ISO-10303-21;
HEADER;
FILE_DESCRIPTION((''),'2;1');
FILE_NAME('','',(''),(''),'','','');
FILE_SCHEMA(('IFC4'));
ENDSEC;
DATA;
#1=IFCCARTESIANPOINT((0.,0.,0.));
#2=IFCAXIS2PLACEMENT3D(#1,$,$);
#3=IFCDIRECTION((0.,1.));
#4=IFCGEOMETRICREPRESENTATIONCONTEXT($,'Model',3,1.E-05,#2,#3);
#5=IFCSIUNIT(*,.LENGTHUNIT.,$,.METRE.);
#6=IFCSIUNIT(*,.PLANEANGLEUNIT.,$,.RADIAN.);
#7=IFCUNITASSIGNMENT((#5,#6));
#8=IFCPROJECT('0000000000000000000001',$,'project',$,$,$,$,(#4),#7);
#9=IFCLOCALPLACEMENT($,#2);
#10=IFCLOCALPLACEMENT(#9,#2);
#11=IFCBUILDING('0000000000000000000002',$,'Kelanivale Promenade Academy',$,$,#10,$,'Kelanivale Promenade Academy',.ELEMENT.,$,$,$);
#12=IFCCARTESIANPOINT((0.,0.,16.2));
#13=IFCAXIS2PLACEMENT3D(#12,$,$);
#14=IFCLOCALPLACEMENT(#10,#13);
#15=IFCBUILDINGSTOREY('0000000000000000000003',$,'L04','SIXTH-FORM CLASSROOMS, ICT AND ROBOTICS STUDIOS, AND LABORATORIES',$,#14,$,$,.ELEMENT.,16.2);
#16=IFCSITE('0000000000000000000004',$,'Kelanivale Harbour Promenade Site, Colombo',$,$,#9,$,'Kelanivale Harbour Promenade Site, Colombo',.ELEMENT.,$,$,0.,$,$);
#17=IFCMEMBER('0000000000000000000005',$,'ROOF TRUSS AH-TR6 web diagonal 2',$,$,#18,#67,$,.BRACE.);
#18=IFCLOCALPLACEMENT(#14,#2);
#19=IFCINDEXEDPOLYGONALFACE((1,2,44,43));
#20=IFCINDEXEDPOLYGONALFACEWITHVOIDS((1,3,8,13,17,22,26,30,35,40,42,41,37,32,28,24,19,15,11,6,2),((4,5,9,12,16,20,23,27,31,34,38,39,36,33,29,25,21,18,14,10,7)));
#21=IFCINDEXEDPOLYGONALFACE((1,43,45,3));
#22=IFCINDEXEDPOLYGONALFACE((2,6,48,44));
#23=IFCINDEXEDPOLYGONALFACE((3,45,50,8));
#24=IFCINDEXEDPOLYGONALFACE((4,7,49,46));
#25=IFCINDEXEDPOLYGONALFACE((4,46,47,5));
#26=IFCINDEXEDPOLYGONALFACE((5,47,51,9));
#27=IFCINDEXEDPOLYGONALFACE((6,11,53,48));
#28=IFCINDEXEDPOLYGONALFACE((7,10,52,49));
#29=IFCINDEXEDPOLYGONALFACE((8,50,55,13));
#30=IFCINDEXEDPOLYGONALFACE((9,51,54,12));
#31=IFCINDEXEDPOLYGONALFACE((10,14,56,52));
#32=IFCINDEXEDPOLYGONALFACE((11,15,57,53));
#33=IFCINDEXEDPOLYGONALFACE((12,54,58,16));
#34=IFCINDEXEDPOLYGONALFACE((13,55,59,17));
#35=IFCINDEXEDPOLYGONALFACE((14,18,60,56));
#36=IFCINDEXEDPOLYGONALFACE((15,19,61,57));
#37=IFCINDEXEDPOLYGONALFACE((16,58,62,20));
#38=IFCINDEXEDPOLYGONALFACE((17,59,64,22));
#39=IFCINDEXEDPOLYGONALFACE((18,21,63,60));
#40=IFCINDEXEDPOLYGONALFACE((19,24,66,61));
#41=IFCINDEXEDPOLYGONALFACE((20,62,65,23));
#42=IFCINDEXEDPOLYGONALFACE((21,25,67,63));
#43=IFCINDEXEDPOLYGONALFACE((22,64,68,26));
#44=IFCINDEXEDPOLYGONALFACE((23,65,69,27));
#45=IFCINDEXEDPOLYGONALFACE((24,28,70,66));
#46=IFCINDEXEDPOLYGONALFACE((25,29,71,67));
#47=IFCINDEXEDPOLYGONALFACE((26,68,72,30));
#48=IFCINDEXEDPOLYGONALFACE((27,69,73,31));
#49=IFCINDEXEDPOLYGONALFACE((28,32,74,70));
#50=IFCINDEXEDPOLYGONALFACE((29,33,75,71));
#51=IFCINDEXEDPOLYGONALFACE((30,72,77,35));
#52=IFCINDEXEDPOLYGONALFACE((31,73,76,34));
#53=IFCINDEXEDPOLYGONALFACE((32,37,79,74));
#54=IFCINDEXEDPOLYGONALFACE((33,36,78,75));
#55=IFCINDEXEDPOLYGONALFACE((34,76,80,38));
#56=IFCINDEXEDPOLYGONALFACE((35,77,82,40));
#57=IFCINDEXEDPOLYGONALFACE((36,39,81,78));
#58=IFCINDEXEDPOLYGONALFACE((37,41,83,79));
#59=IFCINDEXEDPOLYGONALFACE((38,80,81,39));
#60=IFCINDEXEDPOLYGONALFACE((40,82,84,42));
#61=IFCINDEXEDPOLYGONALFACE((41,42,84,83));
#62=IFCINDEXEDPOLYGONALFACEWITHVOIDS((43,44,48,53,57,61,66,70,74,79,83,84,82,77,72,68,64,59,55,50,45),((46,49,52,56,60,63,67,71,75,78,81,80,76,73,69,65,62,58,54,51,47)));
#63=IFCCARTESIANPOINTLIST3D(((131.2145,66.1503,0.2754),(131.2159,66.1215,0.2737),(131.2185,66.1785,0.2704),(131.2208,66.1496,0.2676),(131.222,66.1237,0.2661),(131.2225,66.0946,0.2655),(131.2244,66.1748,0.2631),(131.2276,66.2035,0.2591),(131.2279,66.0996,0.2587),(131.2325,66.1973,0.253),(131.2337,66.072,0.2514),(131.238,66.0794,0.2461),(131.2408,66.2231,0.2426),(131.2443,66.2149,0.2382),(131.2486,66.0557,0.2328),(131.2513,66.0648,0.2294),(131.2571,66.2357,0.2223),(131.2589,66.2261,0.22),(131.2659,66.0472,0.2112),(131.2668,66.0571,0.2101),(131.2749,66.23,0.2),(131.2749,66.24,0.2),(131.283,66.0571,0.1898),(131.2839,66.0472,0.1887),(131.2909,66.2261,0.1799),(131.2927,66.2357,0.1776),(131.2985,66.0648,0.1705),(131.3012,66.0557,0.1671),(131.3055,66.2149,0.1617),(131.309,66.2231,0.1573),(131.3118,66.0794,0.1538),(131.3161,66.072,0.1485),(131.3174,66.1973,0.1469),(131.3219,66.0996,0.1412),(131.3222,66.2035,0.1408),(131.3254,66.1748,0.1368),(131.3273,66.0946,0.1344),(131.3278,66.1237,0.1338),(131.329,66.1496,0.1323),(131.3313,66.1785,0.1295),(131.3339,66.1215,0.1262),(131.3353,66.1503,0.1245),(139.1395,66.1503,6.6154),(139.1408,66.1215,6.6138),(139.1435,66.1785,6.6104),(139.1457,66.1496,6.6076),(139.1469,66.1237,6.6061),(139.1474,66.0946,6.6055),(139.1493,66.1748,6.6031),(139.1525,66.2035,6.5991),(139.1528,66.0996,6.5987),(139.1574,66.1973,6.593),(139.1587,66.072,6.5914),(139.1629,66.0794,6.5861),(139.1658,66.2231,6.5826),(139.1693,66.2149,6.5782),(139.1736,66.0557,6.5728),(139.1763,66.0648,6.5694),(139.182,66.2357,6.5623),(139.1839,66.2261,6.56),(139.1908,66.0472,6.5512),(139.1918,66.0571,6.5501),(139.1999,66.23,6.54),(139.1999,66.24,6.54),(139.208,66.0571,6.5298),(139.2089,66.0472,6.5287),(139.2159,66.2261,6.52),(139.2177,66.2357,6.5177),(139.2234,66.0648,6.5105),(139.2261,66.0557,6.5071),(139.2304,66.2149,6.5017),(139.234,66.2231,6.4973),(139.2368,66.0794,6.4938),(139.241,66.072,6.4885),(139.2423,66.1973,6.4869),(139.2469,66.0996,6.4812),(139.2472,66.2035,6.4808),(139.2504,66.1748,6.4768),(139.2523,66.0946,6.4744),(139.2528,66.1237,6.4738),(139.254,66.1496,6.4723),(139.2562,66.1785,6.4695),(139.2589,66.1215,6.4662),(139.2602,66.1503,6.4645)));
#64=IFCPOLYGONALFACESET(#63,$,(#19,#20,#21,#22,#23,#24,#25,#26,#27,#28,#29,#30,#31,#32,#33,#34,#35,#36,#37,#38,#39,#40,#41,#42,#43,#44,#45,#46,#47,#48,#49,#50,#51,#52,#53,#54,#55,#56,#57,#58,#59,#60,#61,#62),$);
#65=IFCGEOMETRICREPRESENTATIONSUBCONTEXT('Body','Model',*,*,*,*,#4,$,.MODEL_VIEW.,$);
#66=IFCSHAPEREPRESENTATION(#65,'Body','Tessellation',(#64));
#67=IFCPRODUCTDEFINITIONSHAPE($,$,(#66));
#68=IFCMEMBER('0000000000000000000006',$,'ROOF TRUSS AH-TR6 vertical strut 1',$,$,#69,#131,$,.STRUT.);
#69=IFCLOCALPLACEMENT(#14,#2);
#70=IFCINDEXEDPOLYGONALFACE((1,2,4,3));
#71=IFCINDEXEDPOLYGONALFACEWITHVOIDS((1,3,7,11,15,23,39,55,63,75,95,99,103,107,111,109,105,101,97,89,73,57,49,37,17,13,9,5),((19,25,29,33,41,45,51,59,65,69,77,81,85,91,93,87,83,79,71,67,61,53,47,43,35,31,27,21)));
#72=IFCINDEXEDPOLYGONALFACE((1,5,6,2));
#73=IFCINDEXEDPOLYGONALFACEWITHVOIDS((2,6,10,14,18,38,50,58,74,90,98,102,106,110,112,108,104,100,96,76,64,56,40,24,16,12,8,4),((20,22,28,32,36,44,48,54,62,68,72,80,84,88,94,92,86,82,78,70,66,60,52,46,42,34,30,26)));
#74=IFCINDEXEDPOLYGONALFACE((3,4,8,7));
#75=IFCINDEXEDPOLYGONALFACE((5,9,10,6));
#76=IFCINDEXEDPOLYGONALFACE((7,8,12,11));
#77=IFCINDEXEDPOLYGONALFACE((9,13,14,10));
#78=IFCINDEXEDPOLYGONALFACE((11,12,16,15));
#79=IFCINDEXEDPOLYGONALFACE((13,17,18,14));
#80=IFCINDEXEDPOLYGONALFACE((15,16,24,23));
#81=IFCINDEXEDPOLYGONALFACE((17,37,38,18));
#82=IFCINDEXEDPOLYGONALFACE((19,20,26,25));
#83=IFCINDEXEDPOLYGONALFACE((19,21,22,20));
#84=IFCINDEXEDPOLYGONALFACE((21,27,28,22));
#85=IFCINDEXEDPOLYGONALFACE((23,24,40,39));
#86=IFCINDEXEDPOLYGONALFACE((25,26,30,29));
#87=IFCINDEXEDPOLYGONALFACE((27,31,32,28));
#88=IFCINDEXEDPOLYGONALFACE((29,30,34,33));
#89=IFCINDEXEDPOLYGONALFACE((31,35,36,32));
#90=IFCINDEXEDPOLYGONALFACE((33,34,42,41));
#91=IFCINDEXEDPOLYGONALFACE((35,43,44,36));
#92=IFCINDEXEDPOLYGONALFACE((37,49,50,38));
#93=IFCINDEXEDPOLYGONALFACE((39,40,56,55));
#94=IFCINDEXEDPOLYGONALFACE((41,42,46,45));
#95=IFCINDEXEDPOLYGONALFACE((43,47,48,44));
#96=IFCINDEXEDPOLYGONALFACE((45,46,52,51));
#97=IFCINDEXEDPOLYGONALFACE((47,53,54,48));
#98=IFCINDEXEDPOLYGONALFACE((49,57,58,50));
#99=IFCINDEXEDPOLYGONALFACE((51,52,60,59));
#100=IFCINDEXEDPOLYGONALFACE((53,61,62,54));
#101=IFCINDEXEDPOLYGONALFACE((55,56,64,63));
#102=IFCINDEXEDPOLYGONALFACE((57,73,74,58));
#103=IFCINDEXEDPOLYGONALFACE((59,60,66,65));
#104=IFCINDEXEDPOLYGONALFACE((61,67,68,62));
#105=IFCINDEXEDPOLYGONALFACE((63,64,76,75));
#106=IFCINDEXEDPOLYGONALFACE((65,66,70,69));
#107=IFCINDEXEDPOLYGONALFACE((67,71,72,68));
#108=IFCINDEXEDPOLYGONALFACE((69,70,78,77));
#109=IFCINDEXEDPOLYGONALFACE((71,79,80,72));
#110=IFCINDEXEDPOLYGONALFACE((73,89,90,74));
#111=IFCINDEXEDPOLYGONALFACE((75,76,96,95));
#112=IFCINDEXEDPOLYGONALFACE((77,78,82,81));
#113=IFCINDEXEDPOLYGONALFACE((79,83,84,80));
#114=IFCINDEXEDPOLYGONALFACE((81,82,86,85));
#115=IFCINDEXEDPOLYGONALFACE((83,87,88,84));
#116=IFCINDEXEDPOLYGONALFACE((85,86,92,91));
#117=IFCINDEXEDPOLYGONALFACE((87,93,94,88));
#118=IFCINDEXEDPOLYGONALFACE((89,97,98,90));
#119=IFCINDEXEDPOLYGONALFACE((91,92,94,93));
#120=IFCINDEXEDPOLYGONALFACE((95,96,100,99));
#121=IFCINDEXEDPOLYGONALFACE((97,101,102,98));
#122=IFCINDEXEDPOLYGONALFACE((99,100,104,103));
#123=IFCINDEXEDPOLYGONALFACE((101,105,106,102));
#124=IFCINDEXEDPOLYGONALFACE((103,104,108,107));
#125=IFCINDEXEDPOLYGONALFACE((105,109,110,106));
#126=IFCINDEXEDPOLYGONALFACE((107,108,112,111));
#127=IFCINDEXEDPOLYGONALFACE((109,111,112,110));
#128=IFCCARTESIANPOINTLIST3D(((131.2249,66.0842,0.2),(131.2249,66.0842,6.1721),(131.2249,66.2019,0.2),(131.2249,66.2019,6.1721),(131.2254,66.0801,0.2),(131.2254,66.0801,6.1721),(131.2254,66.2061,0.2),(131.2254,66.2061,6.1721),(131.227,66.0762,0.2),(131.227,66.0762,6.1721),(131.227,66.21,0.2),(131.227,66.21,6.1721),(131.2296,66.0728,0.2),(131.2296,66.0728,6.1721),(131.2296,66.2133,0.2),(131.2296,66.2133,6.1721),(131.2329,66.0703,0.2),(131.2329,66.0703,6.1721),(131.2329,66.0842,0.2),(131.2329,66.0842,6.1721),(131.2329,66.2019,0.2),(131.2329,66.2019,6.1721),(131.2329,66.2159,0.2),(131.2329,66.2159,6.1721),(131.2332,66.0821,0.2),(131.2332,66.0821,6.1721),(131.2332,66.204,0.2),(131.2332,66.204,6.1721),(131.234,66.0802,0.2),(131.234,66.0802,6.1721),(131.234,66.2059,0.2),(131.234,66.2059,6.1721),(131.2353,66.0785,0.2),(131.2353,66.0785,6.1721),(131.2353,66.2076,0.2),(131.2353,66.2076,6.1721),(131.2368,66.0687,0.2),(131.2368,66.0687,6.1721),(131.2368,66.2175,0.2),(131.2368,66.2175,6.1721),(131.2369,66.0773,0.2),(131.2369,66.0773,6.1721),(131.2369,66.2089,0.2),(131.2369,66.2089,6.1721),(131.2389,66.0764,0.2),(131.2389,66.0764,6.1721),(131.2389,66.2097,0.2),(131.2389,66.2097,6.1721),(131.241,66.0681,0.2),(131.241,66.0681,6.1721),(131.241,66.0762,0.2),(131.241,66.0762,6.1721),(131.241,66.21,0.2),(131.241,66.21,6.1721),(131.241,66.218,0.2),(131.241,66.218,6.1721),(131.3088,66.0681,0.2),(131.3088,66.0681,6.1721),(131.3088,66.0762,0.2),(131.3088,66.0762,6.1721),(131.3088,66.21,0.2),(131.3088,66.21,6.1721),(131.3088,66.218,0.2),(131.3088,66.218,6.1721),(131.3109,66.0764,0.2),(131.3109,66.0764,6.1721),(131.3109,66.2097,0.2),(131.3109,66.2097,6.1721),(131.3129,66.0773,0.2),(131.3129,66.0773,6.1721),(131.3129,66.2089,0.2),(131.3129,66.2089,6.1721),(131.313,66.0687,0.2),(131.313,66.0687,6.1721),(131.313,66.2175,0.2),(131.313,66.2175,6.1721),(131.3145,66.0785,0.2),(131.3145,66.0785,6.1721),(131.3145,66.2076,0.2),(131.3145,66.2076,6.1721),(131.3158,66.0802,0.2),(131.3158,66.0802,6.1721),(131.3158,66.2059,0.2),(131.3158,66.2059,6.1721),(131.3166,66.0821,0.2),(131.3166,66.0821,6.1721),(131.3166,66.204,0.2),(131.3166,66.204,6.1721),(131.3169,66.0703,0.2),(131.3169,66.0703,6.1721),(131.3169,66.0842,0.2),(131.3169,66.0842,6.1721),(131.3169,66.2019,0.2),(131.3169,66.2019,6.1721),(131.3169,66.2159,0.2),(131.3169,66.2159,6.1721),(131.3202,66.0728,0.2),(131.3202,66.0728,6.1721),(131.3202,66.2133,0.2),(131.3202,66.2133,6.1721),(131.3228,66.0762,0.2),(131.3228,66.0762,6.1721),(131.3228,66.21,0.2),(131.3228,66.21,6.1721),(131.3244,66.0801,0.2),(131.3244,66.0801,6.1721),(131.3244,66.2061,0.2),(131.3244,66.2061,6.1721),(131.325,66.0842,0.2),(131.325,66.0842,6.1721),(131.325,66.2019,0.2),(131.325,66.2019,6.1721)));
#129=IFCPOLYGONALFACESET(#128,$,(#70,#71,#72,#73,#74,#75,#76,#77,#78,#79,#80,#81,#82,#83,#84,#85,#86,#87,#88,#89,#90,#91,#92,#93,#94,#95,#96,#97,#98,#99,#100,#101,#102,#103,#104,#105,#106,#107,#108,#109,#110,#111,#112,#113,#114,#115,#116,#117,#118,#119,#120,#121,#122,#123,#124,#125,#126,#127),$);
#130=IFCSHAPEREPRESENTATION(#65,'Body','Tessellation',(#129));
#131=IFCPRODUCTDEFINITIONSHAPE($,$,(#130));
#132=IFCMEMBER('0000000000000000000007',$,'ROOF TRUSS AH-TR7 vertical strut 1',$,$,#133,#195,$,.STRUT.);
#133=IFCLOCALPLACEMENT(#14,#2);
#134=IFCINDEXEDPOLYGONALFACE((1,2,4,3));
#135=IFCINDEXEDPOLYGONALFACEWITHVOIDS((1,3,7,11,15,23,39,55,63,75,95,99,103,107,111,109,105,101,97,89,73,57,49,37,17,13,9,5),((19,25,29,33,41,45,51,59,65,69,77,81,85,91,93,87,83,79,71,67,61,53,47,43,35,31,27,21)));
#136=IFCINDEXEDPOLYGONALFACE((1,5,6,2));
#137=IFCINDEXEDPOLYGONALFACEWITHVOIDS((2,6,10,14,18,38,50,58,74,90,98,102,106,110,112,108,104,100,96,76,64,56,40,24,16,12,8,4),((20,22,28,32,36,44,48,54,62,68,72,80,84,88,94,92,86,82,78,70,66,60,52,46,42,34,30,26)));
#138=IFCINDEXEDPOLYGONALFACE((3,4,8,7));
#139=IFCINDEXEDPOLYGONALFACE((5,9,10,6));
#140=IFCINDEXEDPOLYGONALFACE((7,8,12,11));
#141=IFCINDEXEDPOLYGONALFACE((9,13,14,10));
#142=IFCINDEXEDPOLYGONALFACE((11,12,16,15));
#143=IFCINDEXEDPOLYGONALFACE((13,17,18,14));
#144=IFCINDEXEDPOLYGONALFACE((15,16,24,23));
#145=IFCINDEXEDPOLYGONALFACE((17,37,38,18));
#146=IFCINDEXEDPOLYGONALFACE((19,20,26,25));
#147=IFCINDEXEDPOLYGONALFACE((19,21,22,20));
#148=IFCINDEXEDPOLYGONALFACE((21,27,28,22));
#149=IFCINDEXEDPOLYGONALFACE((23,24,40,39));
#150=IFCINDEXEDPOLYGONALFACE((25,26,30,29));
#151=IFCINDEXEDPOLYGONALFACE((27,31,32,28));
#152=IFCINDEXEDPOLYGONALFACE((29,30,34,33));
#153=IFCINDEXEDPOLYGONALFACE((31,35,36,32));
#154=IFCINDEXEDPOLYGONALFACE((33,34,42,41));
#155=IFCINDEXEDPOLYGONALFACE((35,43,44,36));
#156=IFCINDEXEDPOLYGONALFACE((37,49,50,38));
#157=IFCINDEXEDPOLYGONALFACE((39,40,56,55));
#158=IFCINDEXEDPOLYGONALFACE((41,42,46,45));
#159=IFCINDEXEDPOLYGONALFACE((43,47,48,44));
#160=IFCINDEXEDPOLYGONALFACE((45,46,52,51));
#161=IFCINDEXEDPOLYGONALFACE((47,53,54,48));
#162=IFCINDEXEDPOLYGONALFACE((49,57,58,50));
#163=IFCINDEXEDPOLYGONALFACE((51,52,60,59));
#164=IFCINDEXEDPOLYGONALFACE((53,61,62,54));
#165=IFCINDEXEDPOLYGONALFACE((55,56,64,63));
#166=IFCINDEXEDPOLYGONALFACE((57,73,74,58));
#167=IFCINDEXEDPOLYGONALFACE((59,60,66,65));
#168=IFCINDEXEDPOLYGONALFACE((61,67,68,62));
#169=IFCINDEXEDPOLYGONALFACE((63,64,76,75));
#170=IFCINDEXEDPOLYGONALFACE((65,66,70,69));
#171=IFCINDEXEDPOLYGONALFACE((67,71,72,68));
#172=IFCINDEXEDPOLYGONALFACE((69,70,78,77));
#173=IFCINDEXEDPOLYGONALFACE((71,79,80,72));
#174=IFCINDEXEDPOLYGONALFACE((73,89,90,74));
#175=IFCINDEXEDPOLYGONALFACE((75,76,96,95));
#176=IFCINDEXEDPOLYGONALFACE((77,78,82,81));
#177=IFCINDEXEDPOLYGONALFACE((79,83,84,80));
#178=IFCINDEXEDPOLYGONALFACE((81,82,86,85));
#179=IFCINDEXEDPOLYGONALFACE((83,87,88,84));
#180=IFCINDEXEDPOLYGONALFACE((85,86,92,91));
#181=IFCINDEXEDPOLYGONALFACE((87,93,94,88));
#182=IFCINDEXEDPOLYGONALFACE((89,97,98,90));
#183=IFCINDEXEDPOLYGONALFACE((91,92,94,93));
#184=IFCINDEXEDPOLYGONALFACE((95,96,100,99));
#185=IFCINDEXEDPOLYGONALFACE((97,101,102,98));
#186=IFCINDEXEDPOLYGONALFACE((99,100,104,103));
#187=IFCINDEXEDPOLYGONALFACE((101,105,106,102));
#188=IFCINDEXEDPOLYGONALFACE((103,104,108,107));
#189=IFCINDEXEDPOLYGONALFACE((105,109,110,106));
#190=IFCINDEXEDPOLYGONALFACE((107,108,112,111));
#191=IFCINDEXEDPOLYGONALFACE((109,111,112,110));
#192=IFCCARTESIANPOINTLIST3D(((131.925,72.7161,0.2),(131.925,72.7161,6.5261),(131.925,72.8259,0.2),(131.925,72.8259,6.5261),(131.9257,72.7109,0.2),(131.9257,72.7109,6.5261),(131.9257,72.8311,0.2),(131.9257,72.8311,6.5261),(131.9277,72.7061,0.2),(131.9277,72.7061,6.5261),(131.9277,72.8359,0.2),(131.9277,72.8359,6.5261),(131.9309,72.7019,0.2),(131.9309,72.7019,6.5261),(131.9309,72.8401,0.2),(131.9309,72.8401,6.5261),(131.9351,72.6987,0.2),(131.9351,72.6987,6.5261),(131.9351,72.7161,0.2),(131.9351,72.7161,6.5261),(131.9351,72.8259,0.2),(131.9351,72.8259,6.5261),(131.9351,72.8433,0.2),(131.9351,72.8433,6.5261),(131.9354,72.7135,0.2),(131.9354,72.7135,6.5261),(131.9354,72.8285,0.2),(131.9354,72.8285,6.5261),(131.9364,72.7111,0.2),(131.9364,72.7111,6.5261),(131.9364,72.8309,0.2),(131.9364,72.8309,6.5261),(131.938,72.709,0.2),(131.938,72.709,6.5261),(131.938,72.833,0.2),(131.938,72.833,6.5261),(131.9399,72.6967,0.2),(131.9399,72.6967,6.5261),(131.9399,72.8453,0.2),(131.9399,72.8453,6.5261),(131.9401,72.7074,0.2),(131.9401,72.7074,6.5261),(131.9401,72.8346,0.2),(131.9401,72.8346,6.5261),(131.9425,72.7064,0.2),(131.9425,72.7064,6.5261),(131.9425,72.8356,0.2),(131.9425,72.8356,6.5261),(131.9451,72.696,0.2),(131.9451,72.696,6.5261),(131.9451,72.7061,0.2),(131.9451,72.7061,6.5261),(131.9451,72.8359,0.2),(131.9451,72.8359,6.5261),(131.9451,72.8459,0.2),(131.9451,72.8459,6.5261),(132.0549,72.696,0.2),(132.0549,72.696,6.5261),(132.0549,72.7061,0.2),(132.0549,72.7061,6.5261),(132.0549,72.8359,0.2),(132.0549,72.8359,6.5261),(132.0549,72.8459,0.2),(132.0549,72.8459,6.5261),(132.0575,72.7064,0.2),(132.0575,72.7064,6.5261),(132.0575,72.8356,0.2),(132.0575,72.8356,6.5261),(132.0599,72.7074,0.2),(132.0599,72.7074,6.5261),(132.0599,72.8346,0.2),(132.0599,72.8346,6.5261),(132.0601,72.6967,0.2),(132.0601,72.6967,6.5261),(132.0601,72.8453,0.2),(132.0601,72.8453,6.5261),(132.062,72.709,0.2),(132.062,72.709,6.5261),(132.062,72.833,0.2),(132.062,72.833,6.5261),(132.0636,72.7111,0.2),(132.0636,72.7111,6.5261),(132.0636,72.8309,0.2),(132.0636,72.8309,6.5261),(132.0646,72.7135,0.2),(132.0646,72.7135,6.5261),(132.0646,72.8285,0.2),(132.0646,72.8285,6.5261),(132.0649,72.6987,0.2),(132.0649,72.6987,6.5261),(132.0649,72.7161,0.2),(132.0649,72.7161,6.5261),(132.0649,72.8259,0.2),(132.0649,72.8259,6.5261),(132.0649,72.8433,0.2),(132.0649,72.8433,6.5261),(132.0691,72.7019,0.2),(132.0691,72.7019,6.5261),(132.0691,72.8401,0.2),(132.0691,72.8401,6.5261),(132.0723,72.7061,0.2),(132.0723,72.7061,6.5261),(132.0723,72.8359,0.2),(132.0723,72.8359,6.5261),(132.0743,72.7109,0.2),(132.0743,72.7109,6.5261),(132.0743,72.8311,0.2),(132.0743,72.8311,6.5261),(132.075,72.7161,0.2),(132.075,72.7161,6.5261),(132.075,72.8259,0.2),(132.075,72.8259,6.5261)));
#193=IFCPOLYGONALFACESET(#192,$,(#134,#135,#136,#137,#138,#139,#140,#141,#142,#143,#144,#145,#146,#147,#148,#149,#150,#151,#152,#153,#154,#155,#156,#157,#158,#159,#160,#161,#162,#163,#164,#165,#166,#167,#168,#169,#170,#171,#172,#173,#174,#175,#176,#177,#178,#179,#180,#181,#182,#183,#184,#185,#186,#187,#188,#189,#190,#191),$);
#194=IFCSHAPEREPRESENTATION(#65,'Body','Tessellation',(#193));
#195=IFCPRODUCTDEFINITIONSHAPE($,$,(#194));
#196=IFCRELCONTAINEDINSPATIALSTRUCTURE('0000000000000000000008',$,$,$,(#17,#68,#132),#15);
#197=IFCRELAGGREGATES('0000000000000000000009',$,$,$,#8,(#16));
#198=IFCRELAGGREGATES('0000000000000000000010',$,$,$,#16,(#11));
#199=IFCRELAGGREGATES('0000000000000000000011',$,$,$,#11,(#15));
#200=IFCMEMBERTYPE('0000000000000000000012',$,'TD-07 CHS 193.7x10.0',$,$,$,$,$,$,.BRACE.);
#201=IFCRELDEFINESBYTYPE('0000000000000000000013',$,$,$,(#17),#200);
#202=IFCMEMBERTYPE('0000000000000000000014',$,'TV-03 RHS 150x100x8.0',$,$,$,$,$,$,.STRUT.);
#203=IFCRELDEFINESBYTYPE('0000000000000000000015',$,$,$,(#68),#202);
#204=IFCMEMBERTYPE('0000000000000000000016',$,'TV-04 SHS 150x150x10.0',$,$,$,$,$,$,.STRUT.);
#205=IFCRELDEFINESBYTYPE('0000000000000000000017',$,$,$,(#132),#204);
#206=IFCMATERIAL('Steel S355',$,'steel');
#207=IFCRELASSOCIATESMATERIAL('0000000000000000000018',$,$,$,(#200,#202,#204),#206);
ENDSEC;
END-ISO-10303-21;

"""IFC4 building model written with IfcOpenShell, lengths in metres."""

from ifc_helpers import new_model, si_unit, direction, frame, origin, origin_2d, place, context, subcontext, project, spatial, hollow_rectangle, hollow_circle, extrude, material, material_profile, profile_set, type_object, element, save


model = new_model("IFC4")

# Units and contexts
model_context = context("Model", 3, precision=1e-05, world=origin(), true_north=direction((0.0, 1.0)))
body_context = subcontext(model_context, "Body", "Model", "MODEL_VIEW")
ifc_project = project(units=[si_unit("LENGTHUNIT", "METRE"), si_unit("PLANEANGLEUNIT", "RADIAN")], contexts=[model_context])

# Site, building, storey
site_placement = place(None, origin())
site = spatial("IfcSite", under=ifc_project, at=site_placement, Name="Kelanivale Harbour Promenade Site, Colombo", LongName="Kelanivale Harbour Promenade Site, Colombo", CompositionType="ELEMENT", RefElevation=0.0)
building_placement = place(site_placement, origin())
building = spatial("IfcBuilding", under=site, at=building_placement, Name="Kelanivale Promenade Academy", LongName="Kelanivale Promenade Academy", CompositionType="ELEMENT")
storey_placement = place(building_placement, frame((0.0, 0.0, 16.2)))
storey = spatial("IfcBuildingStorey", under=building, at=storey_placement, Name="L04", Description="SIXTH-FORM CLASSROOMS, ICT AND ROBOTICS STUDIOS, AND LABORATORIES", CompositionType="ELEMENT", Elevation=16.2)

# Members
ifc_material_1 = material(Name="Steel S355", Category="steel")
ifc_material_profile_1 = material_profile(ifc_material_1, hollow_circle(Radius=0.0969, WallThickness=0.01, at=origin_2d()), Name="CHS 193.7x10.0")
ifc_profile_set_1 = profile_set([ifc_material_profile_1], Name="Steel S355")
member_type_1 = type_object("IfcMemberType", Name="TD-07 CHS 193.7x10.0", PredefinedType="BRACE", material=ifc_profile_set_1)
member_1_placement = place(storey_placement, frame((131.2749, 66.1431, 0.2), z_axis=(0.780866, 0.0, 0.624698), x_axis=(0.0, 1.0, 0.0)))
element("IfcMember", 1, at=member_1_placement, inside=storey, type_object=member_type_1, Name="ROOF TRUSS AH-TR6 web diagonal 2", PredefinedType="BRACE", context=body_context, shape_type="SweptSolid", body=[
    extrude(hollow_circle(Radius=0.0969, WallThickness=0.01, at=origin_2d()), origin(), (0.0, 0.0, 1.0), 10.1489),
])
ifc_material_profile_2 = material_profile(ifc_material_1, hollow_rectangle(XDim=0.1001, YDim=0.1499, WallThickness=0.0081, InnerFilletRadius=0.0081, OuterFilletRadius=0.0161, at=origin_2d()), Name="RHS 150x100x8.0")
ifc_profile_set_2 = profile_set([ifc_material_profile_2], Name="Steel S355")
member_type_2 = type_object("IfcMemberType", Name="TV-03 RHS 150x100x8.0", PredefinedType="STRUT", material=ifc_profile_set_2)
member_2_placement = place(storey_placement, frame((131.2749, 66.1431, 0.2), z_axis=(0.0, 0.0, 1.0), x_axis=(1.0, 0.0, 0.0)))
element("IfcMember", 2, at=member_2_placement, inside=storey, type_object=member_type_2, Name="ROOF TRUSS AH-TR6 vertical strut 1", PredefinedType="STRUT", context=body_context, shape_type="SweptSolid", body=[
    extrude(hollow_rectangle(XDim=0.1001, YDim=0.1499, WallThickness=0.0081, InnerFilletRadius=0.0081, OuterFilletRadius=0.0161, at=origin_2d()), origin(), (0.0, 0.0, 1.0), 5.9722),
])
ifc_material_profile_3 = material_profile(ifc_material_1, hollow_rectangle(XDim=0.1499, YDim=0.1499, WallThickness=0.01, InnerFilletRadius=0.01, OuterFilletRadius=0.02, at=origin_2d()), Name="SHS 150x150x10.0")
ifc_profile_set_3 = profile_set([ifc_material_profile_3], Name="Steel S355")
member_type_3 = type_object("IfcMemberType", Name="TV-04 SHS 150x150x10.0", PredefinedType="STRUT", material=ifc_profile_set_3)
member_3_placement = place(storey_placement, frame((132.0, 72.771, 0.2), z_axis=(0.0, 0.0, 1.0), x_axis=(1.0, 0.0, 0.0)))
element("IfcMember", 3, at=member_3_placement, inside=storey, type_object=member_type_3, Name="ROOF TRUSS AH-TR7 vertical strut 1", PredefinedType="STRUT", context=body_context, shape_type="SweptSolid", body=[
    extrude(hollow_rectangle(XDim=0.1499, YDim=0.1499, WallThickness=0.01, InnerFilletRadius=0.01, OuterFilletRadius=0.02, at=origin_2d()), origin(), (0.0, 0.0, 1.0), 6.3262),
])

save(model, "model.ifc")
